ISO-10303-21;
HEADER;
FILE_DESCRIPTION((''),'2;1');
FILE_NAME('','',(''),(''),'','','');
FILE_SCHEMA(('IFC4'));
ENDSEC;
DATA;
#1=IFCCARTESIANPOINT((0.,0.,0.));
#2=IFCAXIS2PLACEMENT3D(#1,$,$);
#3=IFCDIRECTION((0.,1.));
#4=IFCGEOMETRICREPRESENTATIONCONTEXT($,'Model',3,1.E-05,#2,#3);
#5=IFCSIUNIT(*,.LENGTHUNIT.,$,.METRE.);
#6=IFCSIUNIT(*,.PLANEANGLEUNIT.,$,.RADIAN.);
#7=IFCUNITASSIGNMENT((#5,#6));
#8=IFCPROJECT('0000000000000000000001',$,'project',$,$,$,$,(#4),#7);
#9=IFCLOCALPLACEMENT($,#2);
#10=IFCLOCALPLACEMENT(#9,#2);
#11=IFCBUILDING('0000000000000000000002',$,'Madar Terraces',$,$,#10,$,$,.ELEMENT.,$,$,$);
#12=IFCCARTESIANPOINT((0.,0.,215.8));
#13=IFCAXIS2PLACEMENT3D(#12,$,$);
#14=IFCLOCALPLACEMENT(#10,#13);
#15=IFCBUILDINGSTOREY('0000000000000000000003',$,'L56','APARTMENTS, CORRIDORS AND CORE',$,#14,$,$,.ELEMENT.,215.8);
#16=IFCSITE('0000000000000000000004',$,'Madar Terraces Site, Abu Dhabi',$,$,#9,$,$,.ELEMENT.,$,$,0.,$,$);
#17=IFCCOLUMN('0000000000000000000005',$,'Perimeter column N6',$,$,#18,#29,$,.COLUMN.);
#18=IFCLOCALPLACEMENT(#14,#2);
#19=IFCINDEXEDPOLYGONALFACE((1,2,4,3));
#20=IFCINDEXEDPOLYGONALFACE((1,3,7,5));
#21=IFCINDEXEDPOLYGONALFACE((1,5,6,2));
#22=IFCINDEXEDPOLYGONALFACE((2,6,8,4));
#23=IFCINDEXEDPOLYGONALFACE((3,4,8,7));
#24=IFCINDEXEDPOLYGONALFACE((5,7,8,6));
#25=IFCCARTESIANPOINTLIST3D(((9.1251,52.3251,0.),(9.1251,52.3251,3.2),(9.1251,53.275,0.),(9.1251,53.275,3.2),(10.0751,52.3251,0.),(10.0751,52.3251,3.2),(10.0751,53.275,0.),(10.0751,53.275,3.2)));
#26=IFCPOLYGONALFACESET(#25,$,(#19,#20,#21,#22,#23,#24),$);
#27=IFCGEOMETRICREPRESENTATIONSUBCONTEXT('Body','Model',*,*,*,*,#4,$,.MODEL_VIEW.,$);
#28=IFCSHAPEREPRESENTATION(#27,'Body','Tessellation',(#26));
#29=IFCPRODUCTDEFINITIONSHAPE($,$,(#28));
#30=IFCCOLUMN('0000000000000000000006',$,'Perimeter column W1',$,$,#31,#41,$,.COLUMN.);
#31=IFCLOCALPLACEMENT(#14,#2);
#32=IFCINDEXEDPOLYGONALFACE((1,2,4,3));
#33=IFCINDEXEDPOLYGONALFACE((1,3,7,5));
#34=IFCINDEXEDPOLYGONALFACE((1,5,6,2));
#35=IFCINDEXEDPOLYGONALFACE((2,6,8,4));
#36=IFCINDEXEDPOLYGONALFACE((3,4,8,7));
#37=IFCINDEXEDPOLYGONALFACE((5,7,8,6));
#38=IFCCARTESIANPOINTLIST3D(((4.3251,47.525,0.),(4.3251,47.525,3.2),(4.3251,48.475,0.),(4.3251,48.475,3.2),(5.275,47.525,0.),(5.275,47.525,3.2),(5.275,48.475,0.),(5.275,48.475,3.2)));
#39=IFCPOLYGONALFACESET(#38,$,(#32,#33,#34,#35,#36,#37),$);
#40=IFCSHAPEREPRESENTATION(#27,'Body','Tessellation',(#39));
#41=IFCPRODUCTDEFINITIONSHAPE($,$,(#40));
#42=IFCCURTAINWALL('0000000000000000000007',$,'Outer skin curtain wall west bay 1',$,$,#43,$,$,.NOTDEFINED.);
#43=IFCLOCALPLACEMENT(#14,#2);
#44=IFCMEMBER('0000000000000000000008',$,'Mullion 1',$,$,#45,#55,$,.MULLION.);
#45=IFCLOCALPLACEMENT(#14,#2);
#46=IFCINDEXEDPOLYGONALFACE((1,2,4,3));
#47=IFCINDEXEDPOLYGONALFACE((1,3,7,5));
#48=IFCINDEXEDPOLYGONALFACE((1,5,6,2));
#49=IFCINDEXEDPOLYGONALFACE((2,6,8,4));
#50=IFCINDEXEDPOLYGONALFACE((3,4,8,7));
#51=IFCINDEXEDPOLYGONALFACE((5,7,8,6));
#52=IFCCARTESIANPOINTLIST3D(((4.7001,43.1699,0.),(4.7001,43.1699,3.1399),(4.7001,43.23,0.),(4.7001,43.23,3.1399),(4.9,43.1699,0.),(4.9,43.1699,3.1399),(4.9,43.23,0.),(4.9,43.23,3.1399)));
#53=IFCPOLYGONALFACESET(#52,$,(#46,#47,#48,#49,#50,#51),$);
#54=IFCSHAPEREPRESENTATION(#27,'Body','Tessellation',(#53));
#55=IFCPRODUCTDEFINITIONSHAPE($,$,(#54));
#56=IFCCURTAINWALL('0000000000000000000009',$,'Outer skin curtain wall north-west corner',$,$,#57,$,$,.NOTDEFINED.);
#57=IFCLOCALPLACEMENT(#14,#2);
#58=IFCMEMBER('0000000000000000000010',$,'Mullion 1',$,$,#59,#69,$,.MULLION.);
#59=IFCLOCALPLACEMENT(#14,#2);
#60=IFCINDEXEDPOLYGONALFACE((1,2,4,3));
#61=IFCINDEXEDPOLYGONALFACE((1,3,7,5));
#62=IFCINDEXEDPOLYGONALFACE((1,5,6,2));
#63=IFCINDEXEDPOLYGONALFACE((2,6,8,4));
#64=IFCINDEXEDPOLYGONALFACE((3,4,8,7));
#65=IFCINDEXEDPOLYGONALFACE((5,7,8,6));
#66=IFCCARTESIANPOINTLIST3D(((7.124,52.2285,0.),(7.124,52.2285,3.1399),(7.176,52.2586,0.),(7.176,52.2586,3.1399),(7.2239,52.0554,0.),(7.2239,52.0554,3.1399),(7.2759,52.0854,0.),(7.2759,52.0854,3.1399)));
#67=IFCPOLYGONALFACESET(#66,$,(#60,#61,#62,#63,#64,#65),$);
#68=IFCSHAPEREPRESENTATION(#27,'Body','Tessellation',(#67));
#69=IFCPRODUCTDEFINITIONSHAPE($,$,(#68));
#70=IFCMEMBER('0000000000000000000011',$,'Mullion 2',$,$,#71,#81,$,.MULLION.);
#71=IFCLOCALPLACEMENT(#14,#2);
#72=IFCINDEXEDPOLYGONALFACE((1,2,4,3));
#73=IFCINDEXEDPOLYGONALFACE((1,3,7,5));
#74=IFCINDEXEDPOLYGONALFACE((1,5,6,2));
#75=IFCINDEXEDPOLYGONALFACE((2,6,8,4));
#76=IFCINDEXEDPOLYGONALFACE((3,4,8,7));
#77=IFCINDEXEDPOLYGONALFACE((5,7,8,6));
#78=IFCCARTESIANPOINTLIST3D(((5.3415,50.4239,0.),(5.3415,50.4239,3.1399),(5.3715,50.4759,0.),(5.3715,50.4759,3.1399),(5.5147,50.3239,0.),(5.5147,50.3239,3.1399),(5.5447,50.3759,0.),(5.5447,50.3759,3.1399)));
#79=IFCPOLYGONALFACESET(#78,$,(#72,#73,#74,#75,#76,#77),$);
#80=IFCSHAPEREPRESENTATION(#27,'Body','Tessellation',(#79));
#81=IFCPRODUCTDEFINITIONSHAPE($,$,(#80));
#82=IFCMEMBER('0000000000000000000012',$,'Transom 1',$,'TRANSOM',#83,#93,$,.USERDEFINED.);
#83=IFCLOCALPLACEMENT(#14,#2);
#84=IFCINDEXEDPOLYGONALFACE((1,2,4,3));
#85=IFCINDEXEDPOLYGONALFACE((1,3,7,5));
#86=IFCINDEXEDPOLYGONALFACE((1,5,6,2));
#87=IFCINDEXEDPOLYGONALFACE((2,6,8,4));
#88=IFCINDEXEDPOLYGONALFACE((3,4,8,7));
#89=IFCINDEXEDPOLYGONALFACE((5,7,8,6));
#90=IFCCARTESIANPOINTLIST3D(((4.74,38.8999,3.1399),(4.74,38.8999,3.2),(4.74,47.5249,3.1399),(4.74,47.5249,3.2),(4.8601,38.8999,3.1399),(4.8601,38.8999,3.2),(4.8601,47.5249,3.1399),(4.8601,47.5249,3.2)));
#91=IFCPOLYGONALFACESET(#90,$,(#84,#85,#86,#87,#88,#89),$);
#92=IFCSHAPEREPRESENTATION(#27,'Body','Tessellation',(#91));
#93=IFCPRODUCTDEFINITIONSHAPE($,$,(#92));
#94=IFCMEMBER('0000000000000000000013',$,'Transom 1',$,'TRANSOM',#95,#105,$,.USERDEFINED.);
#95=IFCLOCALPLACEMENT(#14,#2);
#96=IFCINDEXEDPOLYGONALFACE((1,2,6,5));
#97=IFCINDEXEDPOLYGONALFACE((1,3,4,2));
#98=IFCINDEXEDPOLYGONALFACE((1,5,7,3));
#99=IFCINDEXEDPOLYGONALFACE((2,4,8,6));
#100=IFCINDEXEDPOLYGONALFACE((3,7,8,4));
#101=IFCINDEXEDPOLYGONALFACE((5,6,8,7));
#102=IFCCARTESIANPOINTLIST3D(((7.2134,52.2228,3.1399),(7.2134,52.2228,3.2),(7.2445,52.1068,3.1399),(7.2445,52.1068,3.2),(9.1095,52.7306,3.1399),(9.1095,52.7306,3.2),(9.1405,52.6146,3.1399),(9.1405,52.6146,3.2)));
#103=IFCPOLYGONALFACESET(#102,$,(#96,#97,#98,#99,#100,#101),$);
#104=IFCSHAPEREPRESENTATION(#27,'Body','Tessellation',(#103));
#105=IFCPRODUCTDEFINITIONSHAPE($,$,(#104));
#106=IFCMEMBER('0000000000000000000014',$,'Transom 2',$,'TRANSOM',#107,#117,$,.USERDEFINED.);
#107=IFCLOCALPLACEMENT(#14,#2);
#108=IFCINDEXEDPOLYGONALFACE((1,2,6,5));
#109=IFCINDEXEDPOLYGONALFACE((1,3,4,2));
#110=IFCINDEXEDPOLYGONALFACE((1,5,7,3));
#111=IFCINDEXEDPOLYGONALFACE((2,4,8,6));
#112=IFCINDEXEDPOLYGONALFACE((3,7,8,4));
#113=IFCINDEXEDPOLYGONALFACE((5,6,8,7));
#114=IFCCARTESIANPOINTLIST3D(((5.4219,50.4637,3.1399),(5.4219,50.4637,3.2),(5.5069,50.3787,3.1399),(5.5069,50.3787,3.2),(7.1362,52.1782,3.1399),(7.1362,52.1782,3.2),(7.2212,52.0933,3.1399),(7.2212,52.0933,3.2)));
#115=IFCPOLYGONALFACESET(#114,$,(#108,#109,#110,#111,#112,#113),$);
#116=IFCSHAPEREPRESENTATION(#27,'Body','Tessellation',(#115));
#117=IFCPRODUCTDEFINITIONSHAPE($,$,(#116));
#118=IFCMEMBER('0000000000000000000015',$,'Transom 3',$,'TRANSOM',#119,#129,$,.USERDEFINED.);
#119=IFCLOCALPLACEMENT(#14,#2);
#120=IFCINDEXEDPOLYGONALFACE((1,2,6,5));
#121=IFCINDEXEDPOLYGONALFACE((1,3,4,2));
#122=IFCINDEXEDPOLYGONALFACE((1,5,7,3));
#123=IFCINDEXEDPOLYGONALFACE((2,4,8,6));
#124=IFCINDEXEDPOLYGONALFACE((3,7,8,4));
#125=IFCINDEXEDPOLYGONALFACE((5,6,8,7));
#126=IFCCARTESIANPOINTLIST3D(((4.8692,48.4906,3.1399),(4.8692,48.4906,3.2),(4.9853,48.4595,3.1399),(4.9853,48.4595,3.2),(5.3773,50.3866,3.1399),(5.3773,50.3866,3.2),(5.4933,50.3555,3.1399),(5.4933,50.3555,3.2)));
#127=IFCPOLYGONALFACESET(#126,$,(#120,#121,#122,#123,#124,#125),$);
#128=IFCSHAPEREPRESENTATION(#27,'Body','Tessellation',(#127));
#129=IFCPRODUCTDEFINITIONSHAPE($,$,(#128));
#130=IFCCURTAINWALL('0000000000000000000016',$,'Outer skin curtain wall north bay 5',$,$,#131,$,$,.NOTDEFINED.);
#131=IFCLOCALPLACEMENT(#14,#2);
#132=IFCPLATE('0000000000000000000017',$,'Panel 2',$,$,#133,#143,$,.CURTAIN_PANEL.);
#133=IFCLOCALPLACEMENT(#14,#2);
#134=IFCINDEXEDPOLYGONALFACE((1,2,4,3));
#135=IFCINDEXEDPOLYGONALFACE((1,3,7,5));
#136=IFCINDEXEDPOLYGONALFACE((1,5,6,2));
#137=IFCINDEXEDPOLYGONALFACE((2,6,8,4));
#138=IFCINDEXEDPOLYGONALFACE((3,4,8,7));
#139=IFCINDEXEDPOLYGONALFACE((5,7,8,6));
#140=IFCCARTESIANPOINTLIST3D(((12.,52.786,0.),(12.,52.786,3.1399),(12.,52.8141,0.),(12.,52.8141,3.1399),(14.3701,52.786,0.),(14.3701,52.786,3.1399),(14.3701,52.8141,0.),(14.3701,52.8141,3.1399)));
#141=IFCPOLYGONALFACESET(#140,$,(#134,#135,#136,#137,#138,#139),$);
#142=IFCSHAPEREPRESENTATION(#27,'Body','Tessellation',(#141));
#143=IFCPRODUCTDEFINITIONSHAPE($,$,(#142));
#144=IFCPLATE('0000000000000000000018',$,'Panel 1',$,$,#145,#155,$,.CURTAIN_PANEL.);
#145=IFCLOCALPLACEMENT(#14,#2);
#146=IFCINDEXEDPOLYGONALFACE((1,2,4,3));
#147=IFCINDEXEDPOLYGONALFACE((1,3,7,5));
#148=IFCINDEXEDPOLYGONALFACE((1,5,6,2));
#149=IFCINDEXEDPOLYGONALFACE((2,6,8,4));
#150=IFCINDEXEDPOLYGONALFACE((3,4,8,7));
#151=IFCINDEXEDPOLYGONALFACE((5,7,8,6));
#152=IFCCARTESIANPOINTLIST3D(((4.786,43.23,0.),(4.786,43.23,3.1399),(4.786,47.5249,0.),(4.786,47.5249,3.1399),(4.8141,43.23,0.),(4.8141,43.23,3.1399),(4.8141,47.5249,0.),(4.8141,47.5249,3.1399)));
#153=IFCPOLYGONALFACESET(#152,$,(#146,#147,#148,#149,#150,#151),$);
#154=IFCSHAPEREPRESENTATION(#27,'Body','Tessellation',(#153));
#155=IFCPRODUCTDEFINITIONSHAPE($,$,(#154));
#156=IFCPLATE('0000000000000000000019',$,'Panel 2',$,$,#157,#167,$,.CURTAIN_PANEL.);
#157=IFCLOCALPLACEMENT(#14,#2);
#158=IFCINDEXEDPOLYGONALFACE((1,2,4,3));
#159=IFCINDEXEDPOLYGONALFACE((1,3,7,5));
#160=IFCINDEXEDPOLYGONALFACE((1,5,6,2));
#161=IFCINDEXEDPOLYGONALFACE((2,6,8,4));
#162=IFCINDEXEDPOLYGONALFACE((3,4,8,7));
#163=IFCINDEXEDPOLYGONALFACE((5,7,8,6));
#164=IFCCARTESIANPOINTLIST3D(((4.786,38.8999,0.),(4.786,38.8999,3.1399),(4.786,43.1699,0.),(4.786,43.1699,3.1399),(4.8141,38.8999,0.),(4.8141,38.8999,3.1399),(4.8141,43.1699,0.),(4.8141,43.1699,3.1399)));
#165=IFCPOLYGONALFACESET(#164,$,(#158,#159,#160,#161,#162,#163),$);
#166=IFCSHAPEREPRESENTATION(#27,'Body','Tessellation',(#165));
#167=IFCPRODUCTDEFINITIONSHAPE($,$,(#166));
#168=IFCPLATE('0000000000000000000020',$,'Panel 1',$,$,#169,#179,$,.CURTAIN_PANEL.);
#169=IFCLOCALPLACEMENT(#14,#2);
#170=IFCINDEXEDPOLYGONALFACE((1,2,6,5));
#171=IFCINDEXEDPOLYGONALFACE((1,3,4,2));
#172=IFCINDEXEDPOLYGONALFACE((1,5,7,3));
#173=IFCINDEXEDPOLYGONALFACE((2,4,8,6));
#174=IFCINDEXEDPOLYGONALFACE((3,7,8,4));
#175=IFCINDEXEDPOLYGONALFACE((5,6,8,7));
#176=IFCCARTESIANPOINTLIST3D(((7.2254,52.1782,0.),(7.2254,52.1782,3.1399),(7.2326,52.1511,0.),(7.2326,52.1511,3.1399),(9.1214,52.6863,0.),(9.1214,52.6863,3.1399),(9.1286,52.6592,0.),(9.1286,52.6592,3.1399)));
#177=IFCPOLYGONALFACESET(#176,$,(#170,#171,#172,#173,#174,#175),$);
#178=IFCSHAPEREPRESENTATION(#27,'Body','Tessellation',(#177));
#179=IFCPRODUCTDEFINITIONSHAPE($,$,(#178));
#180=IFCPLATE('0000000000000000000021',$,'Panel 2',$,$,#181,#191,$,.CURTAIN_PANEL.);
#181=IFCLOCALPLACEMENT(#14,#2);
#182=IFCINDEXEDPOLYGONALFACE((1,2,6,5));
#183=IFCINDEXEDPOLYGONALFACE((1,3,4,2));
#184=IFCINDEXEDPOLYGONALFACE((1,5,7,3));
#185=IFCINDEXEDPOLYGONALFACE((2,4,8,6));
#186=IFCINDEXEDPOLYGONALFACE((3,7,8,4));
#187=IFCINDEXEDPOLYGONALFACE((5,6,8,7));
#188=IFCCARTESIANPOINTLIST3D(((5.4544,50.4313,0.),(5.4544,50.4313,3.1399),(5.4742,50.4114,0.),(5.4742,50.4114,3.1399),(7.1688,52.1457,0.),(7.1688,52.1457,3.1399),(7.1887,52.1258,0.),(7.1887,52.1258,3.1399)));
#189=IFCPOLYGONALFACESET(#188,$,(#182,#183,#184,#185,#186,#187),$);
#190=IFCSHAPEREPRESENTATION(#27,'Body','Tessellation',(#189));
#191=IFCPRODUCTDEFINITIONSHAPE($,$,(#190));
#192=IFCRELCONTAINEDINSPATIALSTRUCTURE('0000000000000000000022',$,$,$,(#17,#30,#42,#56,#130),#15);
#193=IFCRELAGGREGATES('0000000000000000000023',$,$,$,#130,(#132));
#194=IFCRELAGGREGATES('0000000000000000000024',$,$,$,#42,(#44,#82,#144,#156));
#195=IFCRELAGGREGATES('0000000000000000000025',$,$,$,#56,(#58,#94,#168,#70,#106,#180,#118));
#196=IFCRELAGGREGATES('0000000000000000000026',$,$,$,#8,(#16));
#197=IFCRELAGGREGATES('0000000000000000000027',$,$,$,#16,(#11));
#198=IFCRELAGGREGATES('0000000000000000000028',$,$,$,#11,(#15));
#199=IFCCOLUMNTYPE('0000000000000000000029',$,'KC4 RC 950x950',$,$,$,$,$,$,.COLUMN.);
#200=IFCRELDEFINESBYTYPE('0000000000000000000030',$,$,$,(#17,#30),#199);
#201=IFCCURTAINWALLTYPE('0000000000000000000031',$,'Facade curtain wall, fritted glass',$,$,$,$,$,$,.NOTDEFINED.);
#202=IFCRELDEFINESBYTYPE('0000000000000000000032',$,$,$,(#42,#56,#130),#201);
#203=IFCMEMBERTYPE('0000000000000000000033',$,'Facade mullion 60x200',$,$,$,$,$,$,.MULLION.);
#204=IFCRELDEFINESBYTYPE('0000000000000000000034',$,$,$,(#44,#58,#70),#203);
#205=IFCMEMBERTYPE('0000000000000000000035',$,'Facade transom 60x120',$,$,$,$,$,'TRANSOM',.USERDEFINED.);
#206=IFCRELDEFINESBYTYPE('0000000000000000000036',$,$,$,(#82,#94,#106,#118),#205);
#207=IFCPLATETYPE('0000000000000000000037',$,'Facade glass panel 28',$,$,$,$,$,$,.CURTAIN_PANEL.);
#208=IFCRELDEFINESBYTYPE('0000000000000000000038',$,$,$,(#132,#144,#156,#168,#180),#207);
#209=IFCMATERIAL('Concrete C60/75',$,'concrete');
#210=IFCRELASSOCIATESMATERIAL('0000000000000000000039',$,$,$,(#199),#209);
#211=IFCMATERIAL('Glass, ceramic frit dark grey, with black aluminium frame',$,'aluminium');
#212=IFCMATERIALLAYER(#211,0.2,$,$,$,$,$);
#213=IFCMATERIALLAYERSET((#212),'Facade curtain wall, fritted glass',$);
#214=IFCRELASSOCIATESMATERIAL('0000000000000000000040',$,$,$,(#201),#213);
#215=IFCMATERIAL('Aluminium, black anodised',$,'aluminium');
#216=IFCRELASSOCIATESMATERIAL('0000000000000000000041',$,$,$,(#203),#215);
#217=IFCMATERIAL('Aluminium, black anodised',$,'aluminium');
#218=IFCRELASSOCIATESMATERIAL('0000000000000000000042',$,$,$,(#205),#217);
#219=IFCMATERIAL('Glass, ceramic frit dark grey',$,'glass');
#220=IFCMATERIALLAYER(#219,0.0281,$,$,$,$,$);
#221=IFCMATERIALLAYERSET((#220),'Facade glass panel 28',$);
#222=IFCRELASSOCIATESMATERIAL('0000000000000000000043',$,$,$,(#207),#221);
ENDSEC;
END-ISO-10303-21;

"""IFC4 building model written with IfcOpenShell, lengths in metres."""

from ifc_helpers import new_model, si_unit, direction, frame, origin, origin_2d, place, context, subcontext, project, spatial, rectangle, extrude, material, layer, layer_set, material_profile, profile_set, type_object, element, aggregate, save


model = new_model("IFC4")

# Units and contexts
model_context = context("Model", 3, precision=1e-05, world=origin(), true_north=direction((0.0, 1.0)))
body_context = subcontext(model_context, "Body", "Model", "MODEL_VIEW")
ifc_project = project(units=[si_unit("LENGTHUNIT", "METRE"), si_unit("PLANEANGLEUNIT", "RADIAN")], contexts=[model_context])

# Site, building, storey
site_placement = place(None, origin())
site = spatial("IfcSite", under=ifc_project, at=site_placement, Name="Madar Terraces Site, Abu Dhabi", CompositionType="ELEMENT", RefElevation=0.0)
building_placement = place(site_placement, origin())
building = spatial("IfcBuilding", under=site, at=building_placement, Name="Madar Terraces", CompositionType="ELEMENT")
storey_placement = place(building_placement, frame((0.0, 0.0, 215.8)))
storey = spatial("IfcBuildingStorey", under=building, at=storey_placement, Name="L56", Description="APARTMENTS, CORRIDORS AND CORE", CompositionType="ELEMENT", Elevation=215.8)

# Columns
ifc_material_1 = material(Name="Concrete C60/75", Category="concrete")
ifc_material_profile_1 = material_profile(ifc_material_1, rectangle(XDim=0.95, YDim=0.95, at=origin_2d()), Name="KC4 RC 950x950")
ifc_profile_set_1 = profile_set([ifc_material_profile_1], Name="Concrete C60/75")
column_type = type_object("IfcColumnType", Name="KC4 RC 950x950", PredefinedType="COLUMN", material=ifc_profile_set_1)
for number, where, z_axis, x_axis, name in (
    (1, (9.6001, 52.8, 0.0), (0.0, 0.0, 1.0), (1.0, 0.0, 0.0), "Perimeter column N6"),
    (2, (4.8, 48.0, 0.0), (0.0, 0.0, 1.0), (1.0, 0.0, 0.0), "Perimeter column W1"),
):
    element("IfcColumn", number, at=place(storey_placement, frame(where, z_axis=z_axis, x_axis=x_axis)), inside=storey, type_object=column_type, Name=name, PredefinedType="COLUMN", context=body_context, shape_type="SweptSolid", body=[
        extrude(rectangle(XDim=0.95, YDim=0.95, at=origin_2d()), origin(), (0.0, 0.0, 1.0), 3.2),
    ])

# Curtain wall, member
ifc_material_2 = material(Name="Glass, ceramic frit dark grey, with black aluminium frame", Category="aluminium")
ifc_layer_1 = layer(ifc_material_2, 0.2)
ifc_layer_set_1 = layer_set([ifc_layer_1], Name="Facade curtain wall, fritted glass")
curtain_wall_type = type_object("IfcCurtainWallType", Name="Facade curtain wall, fritted glass", PredefinedType="NOTDEFINED", material=ifc_layer_set_1)
curtain_wall_1_placement = place(storey_placement, origin())
curtain_wall_1 = element("IfcCurtainWall", 3, at=curtain_wall_1_placement, inside=storey, type_object=curtain_wall_type, Name="Outer skin curtain wall west bay 1", PredefinedType="NOTDEFINED")
ifc_material_3 = material(Name="Aluminium, black anodised", Category="aluminium")
ifc_material_profile_2 = material_profile(ifc_material_3, rectangle(XDim=0.2, YDim=0.0601, at=origin_2d()), Name="Facade mullion 60x200")
ifc_profile_set_2 = profile_set([ifc_material_profile_2], Name="Aluminium, black anodised")
member_type_1 = type_object("IfcMemberType", Name="Facade mullion 60x200", PredefinedType="MULLION", material=ifc_profile_set_2)
member_1_placement = place(storey_placement, frame((4.8, 43.2, 0.0), z_axis=(0.0, 0.0, 1.0), x_axis=(1.0, 0.0, 0.0)))
member_1 = element("IfcMember", 4, at=member_1_placement, type_object=member_type_1, Name="Mullion 1", PredefinedType="MULLION", context=body_context, shape_type="SweptSolid", body=[
    extrude(rectangle(XDim=0.2, YDim=0.0601, at=origin_2d()), origin(), (0.0, 0.0, 1.0), 3.1399),
])

# Curtain wall, members
curtain_wall_2_placement = place(storey_placement, origin())
curtain_wall_2 = element("IfcCurtainWall", 5, at=curtain_wall_2_placement, inside=storey, type_object=curtain_wall_type, Name="Outer skin curtain wall north-west corner", PredefinedType="NOTDEFINED")
member_2_placement = place(storey_placement, frame((7.2, 52.157, 0.0), z_axis=(0.0, 0.0, 1.0), x_axis=(0.5, -0.866025, 0.0)))
member_2 = element("IfcMember", 6, at=member_2_placement, type_object=member_type_1, Name="Mullion 1", PredefinedType="MULLION", context=body_context, shape_type="SweptSolid", body=[
    extrude(rectangle(XDim=0.2, YDim=0.0601, at=origin_2d()), origin(), (0.0, 0.0, 1.0), 3.1399),
])
member_3_placement = place(storey_placement, frame((5.4431, 50.3999, 0.0), z_axis=(0.0, 0.0, 1.0), x_axis=(0.866025, -0.5, 0.0)))
member_3 = element("IfcMember", 7, at=member_3_placement, type_object=member_type_1, Name="Mullion 2", PredefinedType="MULLION", context=body_context, shape_type="SweptSolid", body=[
    extrude(rectangle(XDim=0.2, YDim=0.0601, at=origin_2d()), origin(), (0.0, 0.0, 1.0), 3.1399),
])

# Members
ifc_material_4 = material(Name="Aluminium, black anodised", Category="aluminium")
ifc_material_profile_3 = material_profile(ifc_material_4, rectangle(XDim=0.1201, YDim=0.0601, at=origin_2d()), Name="Facade transom 60x120")
ifc_profile_set_3 = profile_set([ifc_material_profile_3], Name="Aluminium, black anodised")
member_type_2 = type_object("IfcMemberType", Name="Facade transom 60x120", ElementType="TRANSOM", PredefinedType="USERDEFINED", material=ifc_profile_set_3)
member_4_placement = place(storey_placement, frame((4.8, 47.5249, 3.1699), z_axis=(0.0, -1.0, 0.0), x_axis=(1.0, 0.0, 0.0)))
member_4 = element("IfcMember", 8, at=member_4_placement, type_object=member_type_2, Name="Transom 1", ObjectType="TRANSOM", PredefinedType="USERDEFINED", context=body_context, shape_type="SweptSolid", body=[
    extrude(rectangle(XDim=0.1201, YDim=0.0601, at=origin_2d()), origin(), (0.0, 0.0, 1.0), 8.625),
])
member_5_placement = place(storey_placement, frame((9.125, 52.6726, 3.1699), z_axis=(-0.965954, -0.258715, 0.0), x_axis=(0.258715, -0.965954, 0.0)))
member_5 = element("IfcMember", 9, at=member_5_placement, type_object=member_type_2, Name="Transom 1", ObjectType="TRANSOM", PredefinedType="USERDEFINED", context=body_context, shape_type="SweptSolid", body=[
    extrude(rectangle(XDim=0.1201, YDim=0.0601, at=origin_2d()), origin(), (0.0, 0.0, 1.0), 1.9629),
])
member_6_placement = place(storey_placement, frame((7.1787, 52.1357, 3.1699), z_axis=(-0.707056, -0.707157, 0.0), x_axis=(0.707157, -0.707056, 0.0)))
member_6 = element("IfcMember", 10, at=member_6_placement, type_object=member_type_2, Name="Transom 2", ObjectType="TRANSOM", PredefinedType="USERDEFINED", context=body_context, shape_type="SweptSolid", body=[
    extrude(rectangle(XDim=0.1201, YDim=0.0601, at=origin_2d()), origin(), (0.0, 0.0, 1.0), 2.4246),
])
member_7_placement = place(storey_placement, frame((5.4353, 50.3711, 3.1699), z_axis=(-0.258831, -0.965923, 0.0), x_axis=(0.965923, -0.258831, 0.0)))
member_7 = element("IfcMember", 11, at=member_7_placement, type_object=member_type_2, Name="Transom 3", ObjectType="TRANSOM", PredefinedType="USERDEFINED", context=body_context, shape_type="SweptSolid", body=[
    extrude(rectangle(XDim=0.1201, YDim=0.0601, at=origin_2d()), origin(), (0.0, 0.0, 1.0), 1.9629),
])

# Curtain wall, plate
curtain_wall_3_placement = place(storey_placement, origin())
curtain_wall_3 = element("IfcCurtainWall", 12, at=curtain_wall_3_placement, inside=storey, type_object=curtain_wall_type, Name="Outer skin curtain wall north bay 5", PredefinedType="NOTDEFINED")
ifc_material_5 = material(Name="Glass, ceramic frit dark grey", Category="glass")
ifc_layer_2 = layer(ifc_material_5, 0.0281)
ifc_layer_set_2 = layer_set([ifc_layer_2], Name="Facade glass panel 28")
plate_type = type_object("IfcPlateType", Name="Facade glass panel 28", PredefinedType="CURTAIN_PANEL", material=ifc_layer_set_2)
plate_1_placement = place(storey_placement, frame((13.1851, 52.8, 0.0), z_axis=(0.0, 0.0, 1.0), x_axis=(-1.0, 0.0, 0.0)))
plate_1 = element("IfcPlate", 13, at=plate_1_placement, type_object=plate_type, Name="Panel 2", PredefinedType="CURTAIN_PANEL", context=body_context, shape_type="SweptSolid", body=[
    extrude(rectangle(XDim=2.3701, YDim=0.0281, at=origin_2d()), origin(), (0.0, 0.0, 1.0), 3.1399),
])
aggregate(curtain_wall_3, [plate_1])

# Plates
plate_2_placement = place(storey_placement, frame((4.8, 45.3774, 0.0), z_axis=(0.0, 0.0, 1.0), x_axis=(0.0, -1.0, 0.0)))
plate_2 = element("IfcPlate", 14, at=plate_2_placement, type_object=plate_type, Name="Panel 1", PredefinedType="CURTAIN_PANEL", context=body_context, shape_type="SweptSolid", body=[
    extrude(rectangle(XDim=4.2949, YDim=0.0281, at=origin_2d()), origin(), (0.0, 0.0, 1.0), 3.1399),
])
plate_3_placement = place(storey_placement, frame((4.8, 41.0349, 0.0), z_axis=(0.0, 0.0, 1.0), x_axis=(0.0, -1.0, 0.0)))
plate_3 = element("IfcPlate", 15, at=plate_3_placement, type_object=plate_type, Name="Panel 2", PredefinedType="CURTAIN_PANEL", context=body_context, shape_type="SweptSolid", body=[
    extrude(rectangle(XDim=4.27, YDim=0.0281, at=origin_2d()), origin(), (0.0, 0.0, 1.0), 3.1399),
])
aggregate(curtain_wall_1, [member_1, member_4, plate_2, plate_3])
plate_4_placement = place(storey_placement, frame((8.177, 52.4187, 0.0), z_axis=(0.0, 0.0, 1.0), x_axis=(-0.965926, -0.258819, 0.0)))
plate_4 = element("IfcPlate", 16, at=plate_4_placement, type_object=plate_type, Name="Panel 1", PredefinedType="CURTAIN_PANEL", context=body_context, shape_type="SweptSolid", body=[
    extrude(rectangle(XDim=1.9629, YDim=0.0281, at=origin_2d()), origin(), (0.0, 0.0, 1.0), 3.1399),
])
plate_5_placement = place(storey_placement, frame((6.3215, 51.2786, 0.0), z_axis=(0.0, 0.0, 1.0), x_axis=(-0.707107, -0.707107, 0.0)))
plate_5 = element("IfcPlate", 17, at=plate_5_placement, type_object=plate_type, Name="Panel 2", PredefinedType="CURTAIN_PANEL", context=body_context, shape_type="SweptSolid", body=[
    extrude(rectangle(XDim=2.4246, YDim=0.0281, at=origin_2d()), origin(), (0.0, 0.0, 1.0), 3.1399),
])
aggregate(curtain_wall_2, [member_2, member_5, plate_4, member_3, member_6, plate_5, member_7])

save(model, "model.ifc")
